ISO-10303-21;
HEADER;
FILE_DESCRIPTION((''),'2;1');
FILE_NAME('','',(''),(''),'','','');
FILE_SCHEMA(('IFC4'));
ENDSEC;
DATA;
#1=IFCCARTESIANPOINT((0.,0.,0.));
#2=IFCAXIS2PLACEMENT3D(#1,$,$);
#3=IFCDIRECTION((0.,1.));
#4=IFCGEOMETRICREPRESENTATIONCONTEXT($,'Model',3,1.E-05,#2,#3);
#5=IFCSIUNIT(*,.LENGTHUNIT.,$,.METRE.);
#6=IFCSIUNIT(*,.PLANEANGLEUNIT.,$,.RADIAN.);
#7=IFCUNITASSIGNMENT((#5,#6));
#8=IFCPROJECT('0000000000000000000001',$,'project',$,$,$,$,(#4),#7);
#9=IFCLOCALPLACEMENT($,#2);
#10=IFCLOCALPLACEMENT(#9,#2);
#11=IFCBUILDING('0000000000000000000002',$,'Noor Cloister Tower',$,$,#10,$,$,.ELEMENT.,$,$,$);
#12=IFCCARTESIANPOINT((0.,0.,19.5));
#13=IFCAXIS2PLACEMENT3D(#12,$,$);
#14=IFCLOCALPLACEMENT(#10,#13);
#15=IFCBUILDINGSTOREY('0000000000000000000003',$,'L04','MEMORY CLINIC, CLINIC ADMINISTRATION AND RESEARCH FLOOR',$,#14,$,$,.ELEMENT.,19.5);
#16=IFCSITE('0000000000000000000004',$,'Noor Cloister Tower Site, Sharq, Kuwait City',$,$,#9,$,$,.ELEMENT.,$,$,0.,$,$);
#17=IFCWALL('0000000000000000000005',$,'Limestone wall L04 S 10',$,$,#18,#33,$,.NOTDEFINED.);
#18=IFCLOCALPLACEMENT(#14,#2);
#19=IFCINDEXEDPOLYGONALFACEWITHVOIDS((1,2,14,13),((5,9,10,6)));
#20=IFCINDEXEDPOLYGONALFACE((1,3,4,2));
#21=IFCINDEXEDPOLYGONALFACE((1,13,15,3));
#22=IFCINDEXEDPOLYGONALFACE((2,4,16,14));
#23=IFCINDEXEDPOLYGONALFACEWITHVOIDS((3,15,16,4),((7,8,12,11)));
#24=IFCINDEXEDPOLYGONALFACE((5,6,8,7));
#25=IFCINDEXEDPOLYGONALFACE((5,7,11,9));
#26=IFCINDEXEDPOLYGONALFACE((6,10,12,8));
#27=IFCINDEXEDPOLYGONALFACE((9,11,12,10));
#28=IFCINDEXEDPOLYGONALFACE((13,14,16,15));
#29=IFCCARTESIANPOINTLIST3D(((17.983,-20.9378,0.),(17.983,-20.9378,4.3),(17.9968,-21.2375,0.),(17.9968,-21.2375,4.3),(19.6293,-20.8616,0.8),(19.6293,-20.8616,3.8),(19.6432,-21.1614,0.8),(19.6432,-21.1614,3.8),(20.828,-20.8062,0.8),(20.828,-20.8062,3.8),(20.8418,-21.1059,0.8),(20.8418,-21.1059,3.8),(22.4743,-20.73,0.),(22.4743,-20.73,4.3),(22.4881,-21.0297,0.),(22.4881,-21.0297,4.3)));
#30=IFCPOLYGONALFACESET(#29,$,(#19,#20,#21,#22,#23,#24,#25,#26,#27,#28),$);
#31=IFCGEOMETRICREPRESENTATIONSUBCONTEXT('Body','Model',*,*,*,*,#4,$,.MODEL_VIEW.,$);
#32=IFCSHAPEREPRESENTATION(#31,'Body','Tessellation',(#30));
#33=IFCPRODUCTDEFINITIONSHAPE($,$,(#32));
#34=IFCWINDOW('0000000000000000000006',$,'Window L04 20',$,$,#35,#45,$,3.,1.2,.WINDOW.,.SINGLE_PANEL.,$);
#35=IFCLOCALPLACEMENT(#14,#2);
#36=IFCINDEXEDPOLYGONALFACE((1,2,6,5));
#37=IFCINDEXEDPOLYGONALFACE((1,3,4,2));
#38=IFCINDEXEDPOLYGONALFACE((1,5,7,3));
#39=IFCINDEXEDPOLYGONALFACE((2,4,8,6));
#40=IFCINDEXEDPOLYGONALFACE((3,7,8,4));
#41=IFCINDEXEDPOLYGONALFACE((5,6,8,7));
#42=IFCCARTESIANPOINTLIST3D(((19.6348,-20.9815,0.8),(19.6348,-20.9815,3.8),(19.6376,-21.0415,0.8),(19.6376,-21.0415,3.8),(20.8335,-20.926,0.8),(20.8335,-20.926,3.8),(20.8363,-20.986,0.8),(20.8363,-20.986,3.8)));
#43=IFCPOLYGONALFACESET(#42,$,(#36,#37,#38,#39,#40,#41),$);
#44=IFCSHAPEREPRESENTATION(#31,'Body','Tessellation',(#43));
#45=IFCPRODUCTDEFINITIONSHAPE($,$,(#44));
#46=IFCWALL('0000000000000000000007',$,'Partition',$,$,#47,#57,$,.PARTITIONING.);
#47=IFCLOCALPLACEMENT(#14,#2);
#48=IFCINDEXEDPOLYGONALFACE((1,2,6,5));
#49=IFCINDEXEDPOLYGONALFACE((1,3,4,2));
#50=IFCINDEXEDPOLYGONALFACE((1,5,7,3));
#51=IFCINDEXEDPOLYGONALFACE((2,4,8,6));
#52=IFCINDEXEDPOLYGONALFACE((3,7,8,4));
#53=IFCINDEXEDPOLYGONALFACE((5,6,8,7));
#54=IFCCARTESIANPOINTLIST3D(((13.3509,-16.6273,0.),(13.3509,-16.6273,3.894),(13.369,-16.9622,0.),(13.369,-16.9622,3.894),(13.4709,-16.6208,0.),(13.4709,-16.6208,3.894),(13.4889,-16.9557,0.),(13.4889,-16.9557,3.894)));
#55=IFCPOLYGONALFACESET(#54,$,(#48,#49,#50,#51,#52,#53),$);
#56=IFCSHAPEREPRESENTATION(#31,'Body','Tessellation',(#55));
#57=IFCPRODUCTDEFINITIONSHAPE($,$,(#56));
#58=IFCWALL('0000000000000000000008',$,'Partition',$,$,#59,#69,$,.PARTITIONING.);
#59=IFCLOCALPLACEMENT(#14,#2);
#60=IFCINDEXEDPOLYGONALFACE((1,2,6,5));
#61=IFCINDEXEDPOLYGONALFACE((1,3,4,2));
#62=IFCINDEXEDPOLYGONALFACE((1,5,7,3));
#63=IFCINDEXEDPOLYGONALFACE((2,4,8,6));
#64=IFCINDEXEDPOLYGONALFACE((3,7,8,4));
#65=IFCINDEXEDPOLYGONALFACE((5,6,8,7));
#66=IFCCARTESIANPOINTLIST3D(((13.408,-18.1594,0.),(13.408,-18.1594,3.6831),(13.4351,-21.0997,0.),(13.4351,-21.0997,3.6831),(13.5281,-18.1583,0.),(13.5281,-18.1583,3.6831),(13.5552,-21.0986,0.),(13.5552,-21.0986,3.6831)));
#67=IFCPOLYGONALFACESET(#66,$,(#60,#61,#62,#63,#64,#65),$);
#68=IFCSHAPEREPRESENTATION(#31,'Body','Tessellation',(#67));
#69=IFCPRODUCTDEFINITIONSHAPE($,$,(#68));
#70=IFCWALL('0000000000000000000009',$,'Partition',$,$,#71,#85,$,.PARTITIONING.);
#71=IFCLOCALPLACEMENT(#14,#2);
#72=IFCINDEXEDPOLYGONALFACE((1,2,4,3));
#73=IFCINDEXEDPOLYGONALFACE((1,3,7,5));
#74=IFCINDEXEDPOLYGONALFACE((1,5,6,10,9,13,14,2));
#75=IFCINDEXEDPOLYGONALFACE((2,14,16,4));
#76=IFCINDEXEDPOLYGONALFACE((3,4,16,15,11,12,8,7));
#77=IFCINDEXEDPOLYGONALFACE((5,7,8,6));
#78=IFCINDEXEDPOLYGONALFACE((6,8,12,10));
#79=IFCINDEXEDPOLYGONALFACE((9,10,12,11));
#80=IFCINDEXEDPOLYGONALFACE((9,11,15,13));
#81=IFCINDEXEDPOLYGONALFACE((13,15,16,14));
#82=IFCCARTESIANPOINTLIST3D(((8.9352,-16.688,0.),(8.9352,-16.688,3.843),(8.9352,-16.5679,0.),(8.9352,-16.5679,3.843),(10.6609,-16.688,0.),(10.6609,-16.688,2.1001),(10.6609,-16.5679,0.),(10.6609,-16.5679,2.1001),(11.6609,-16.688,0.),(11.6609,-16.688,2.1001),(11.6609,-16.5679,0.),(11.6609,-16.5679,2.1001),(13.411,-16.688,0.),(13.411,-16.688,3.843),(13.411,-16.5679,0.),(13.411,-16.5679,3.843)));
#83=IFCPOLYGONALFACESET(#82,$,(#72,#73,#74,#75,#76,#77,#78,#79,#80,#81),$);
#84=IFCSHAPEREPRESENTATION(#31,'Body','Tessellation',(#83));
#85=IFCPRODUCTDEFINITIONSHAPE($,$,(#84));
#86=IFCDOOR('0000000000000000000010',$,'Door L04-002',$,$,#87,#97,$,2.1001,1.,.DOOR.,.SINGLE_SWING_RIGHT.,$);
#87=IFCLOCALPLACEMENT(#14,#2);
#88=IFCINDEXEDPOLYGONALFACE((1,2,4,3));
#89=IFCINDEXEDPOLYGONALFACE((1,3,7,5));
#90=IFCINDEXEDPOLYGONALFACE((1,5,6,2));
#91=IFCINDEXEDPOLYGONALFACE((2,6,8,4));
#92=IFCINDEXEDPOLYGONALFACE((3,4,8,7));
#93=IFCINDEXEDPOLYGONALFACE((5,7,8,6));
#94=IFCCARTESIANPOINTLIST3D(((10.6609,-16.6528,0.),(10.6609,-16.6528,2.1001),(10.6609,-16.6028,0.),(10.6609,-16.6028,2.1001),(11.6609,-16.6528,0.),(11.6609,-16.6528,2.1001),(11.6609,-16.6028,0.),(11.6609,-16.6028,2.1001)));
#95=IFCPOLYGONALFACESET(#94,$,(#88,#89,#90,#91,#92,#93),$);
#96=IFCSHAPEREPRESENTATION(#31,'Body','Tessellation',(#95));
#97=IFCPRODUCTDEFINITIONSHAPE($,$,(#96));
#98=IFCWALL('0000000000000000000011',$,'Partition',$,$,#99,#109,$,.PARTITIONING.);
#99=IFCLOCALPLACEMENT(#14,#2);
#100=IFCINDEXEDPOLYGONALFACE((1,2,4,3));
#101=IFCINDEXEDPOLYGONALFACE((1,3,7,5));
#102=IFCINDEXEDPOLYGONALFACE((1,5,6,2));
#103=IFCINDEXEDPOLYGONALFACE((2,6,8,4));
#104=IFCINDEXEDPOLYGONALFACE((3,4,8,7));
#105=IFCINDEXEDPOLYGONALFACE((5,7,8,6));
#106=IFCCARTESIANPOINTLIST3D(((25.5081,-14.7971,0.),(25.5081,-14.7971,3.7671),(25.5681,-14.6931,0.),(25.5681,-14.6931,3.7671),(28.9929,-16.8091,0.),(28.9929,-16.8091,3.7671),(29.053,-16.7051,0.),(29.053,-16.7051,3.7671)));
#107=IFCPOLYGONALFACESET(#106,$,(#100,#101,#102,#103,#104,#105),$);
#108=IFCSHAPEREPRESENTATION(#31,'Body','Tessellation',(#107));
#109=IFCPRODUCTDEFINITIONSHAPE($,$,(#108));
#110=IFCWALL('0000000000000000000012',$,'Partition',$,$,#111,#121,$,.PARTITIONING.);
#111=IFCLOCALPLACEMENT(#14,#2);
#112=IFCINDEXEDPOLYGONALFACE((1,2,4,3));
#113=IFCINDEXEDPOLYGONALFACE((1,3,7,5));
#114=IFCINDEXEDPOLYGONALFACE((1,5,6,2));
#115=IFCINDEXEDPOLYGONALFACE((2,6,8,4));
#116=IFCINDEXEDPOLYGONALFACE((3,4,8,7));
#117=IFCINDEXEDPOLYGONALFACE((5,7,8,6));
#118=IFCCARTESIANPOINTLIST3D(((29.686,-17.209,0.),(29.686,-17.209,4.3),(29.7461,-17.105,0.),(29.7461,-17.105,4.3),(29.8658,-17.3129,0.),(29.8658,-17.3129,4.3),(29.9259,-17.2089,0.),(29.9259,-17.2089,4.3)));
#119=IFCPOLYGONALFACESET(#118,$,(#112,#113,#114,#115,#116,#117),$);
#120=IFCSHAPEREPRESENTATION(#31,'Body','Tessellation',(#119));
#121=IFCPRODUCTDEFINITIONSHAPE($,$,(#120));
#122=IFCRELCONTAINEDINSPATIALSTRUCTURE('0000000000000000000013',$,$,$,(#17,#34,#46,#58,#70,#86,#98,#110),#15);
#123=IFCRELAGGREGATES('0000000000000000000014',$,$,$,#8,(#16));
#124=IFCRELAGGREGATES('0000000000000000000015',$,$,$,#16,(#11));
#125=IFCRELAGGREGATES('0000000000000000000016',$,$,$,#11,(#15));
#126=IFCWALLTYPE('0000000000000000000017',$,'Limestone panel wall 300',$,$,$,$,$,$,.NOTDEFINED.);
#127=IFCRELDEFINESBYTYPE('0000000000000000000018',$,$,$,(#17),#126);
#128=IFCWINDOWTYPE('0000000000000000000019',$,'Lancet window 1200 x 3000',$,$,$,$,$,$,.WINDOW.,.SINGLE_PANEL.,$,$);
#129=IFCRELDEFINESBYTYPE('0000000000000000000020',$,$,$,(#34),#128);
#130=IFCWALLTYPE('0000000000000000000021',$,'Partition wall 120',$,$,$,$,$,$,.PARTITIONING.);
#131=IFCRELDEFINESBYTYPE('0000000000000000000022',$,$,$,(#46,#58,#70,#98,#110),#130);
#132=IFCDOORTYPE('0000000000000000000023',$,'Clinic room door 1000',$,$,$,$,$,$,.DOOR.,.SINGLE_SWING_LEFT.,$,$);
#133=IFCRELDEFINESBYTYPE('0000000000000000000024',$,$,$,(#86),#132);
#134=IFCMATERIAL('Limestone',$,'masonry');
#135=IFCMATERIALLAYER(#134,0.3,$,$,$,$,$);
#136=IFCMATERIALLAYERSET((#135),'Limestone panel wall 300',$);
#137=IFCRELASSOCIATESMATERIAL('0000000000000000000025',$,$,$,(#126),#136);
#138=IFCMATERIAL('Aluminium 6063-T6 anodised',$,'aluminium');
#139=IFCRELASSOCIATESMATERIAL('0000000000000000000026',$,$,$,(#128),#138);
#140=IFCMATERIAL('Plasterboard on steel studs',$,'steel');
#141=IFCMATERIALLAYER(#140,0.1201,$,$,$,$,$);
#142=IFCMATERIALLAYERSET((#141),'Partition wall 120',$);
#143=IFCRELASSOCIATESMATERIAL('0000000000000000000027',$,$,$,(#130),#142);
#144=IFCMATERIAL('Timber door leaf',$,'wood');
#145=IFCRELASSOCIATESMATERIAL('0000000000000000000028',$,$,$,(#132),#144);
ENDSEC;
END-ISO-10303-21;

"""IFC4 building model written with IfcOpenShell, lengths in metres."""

from ifc_helpers import new_model, si_unit, direction, frame, frame_2d, origin, place, context, subcontext, project, spatial, rectangle, extrude, material, layer, layer_set, type_object, element, fill, save


model = new_model("IFC4")

# Units and contexts
model_context = context("Model", 3, precision=1e-05, world=origin(), true_north=direction((0.0, 1.0)))
body_context = subcontext(model_context, "Body", "Model", "MODEL_VIEW")
ifc_project = project(units=[si_unit("LENGTHUNIT", "METRE"), si_unit("PLANEANGLEUNIT", "RADIAN")], contexts=[model_context])

# Site, building, storey
site_placement = place(None, origin())
site = spatial("IfcSite", under=ifc_project, at=site_placement, Name="Noor Cloister Tower Site, Sharq, Kuwait City", CompositionType="ELEMENT", RefElevation=0.0)
building_placement = place(site_placement, origin())
building = spatial("IfcBuilding", under=site, at=building_placement, Name="Noor Cloister Tower", CompositionType="ELEMENT")
storey_placement = place(building_placement, frame((0.0, 0.0, 19.5)))
storey = spatial("IfcBuildingStorey", under=building, at=storey_placement, Name="L04", Description="MEMORY CLINIC, CLINIC ADMINISTRATION AND RESEARCH FLOOR", CompositionType="ELEMENT", Elevation=19.5)

# Wall, opening, window
ifc_material_1 = material(Name="Limestone", Category="masonry")
ifc_layer_1 = layer(ifc_material_1, 0.3)
ifc_layer_set_1 = layer_set([ifc_layer_1], Name="Limestone panel wall 300")
wall_type_1 = type_object("IfcWallType", Name="Limestone panel wall 300", PredefinedType="NOTDEFINED", material=ifc_layer_set_1)
wall_1_placement = place(storey_placement, frame((22.4812, -20.8799, 0.0), z_axis=(0.0, 0.0, 1.0), x_axis=(-0.998932, -0.046211, 0.0)))
wall_1 = element("IfcWall", 1, at=wall_1_placement, inside=storey, type_object=wall_type_1, Name="Limestone wall L04 S 10", PredefinedType="NOTDEFINED", context=body_context, shape_type="SweptSolid", body=[
    extrude(rectangle(XDim=4.4961, YDim=0.3, at=frame_2d((2.248, 0.0))), origin(), (0.0, 0.0, 1.0), 4.3),
])
opening_1_placement = place(wall_1_placement, frame((1.6479, 0.0, 0.8)))
opening_1 = element("IfcOpeningElement", 2, at=opening_1_placement, cuts=wall_1, PredefinedType="OPENING", context=body_context, shape_type="SweptSolid", body=[
    extrude(rectangle(XDim=1.2, YDim=3.0, at=frame_2d((0.6001, 1.5))), frame((0.0, 0.1602, 0.0), z_axis=(0.0, -1.0, 0.0), x_axis=(1.0, 0.0, 0.0)), (0.0, 0.0, 1.0), 0.3201),
])
ifc_material_2 = material(Name="Aluminium 6063-T6 anodised", Category="aluminium")
window_type_1 = type_object("IfcWindowType", Name="Lancet window 1200 x 3000", PartitioningType="SINGLE_PANEL", PredefinedType="WINDOW", material=ifc_material_2)
window_1_placement = place(opening_1_placement, origin())
window_1 = element("IfcWindow", 3, at=window_1_placement, inside=storey, type_object=window_type_1, Name="Window L04 20", OverallHeight=3.0, OverallWidth=1.2, PartitioningType="SINGLE_PANEL", PredefinedType="WINDOW", context=body_context, shape_type="SweptSolid", body=[
    extrude(rectangle(XDim=1.2, YDim=3.0, at=frame_2d((0.6001, 1.5))), frame((0.0, 0.03, 0.0), z_axis=(0.0, -1.0, 0.0), x_axis=(1.0, 0.0, 0.0)), (0.0, 0.0, 1.0), 0.0601),
])
fill(opening_1, window_1)

# Walls
ifc_material_3 = material(Name="Plasterboard on steel studs", Category="steel")
ifc_layer_2 = layer(ifc_material_3, 0.1201)
ifc_layer_set_2 = layer_set([ifc_layer_2], Name="Partition wall 120")
wall_type_2 = type_object("IfcWallType", Name="Partition wall 120", PredefinedType="PARTITIONING", material=ifc_layer_set_2)
wall_2_placement = place(storey_placement, frame((13.429, -16.959, 0.0), z_axis=(0.0, 0.0, 1.0), x_axis=(-0.053858, 0.998549, 0.0)))
element("IfcWall", 4, at=wall_2_placement, inside=storey, type_object=wall_type_2, Name="Partition", PredefinedType="PARTITIONING", context=body_context, shape_type="SweptSolid", body=[
    extrude(rectangle(XDim=0.3354, YDim=0.1201, at=frame_2d((0.1677, 0.0))), origin(), (0.0, 0.0, 1.0), 3.894),
])
wall_3_placement = place(storey_placement, frame((13.4951, -21.0991, 0.0), z_axis=(0.0, 0.0, 1.0), x_axis=(-0.009217, 0.999958, 0.0)))
element("IfcWall", 5, at=wall_3_placement, inside=storey, type_object=wall_type_2, Name="Partition", PredefinedType="PARTITIONING", context=body_context, shape_type="SweptSolid", body=[
    extrude(rectangle(XDim=2.9404, YDim=0.1201, at=frame_2d((1.4702, 0.0))), origin(), (0.0, 0.0, 1.0), 3.6831),
])

# Wall, opening, door
wall_4_placement = place(storey_placement, frame((13.4109, -16.6279, 0.0), z_axis=(0.0, 0.0, 1.0), x_axis=(-1.0, 0.0, 0.0)))
wall_4 = element("IfcWall", 6, at=wall_4_placement, inside=storey, type_object=wall_type_2, Name="Partition", PredefinedType="PARTITIONING", context=body_context, shape_type="SweptSolid", body=[
    extrude(rectangle(XDim=4.4758, YDim=0.1201, at=frame_2d((2.2378, 0.0))), origin(), (0.0, 0.0, 1.0), 3.843),
])
opening_2_placement = place(wall_4_placement, frame((1.75, 0.0, 0.0)))
opening_2 = element("IfcOpeningElement", 7, at=opening_2_placement, cuts=wall_4, PredefinedType="OPENING", context=body_context, shape_type="SweptSolid", body=[
    extrude(rectangle(XDim=1.0, YDim=2.1001, at=frame_2d((0.5, 1.05))), frame((0.0, 0.0701, 0.0), z_axis=(0.0, -1.0, 0.0), x_axis=(1.0, 0.0, 0.0)), (0.0, 0.0, 1.0), 0.1401),
])
ifc_material_4 = material(Name="Timber door leaf", Category="wood")
door_type = type_object("IfcDoorType", Name="Clinic room door 1000", OperationType="SINGLE_SWING_LEFT", PredefinedType="DOOR", material=ifc_material_4)
door_placement = place(opening_2_placement, origin())
door = element("IfcDoor", 8, at=door_placement, inside=storey, type_object=door_type, Name="Door L04-002", OperationType="SINGLE_SWING_RIGHT", OverallHeight=2.1001, OverallWidth=1.0, PredefinedType="DOOR", context=body_context, shape_type="SweptSolid", body=[
    extrude(rectangle(XDim=1.0, YDim=2.1001, at=frame_2d((0.5, 1.05))), frame((0.0, 0.0249, 0.0), z_axis=(0.0, -1.0, 0.0), x_axis=(1.0, 0.0, 0.0)), (0.0, 0.0, 1.0), 0.05),
])
fill(opening_2, door)

# Walls
wall_5_placement = place(storey_placement, frame((29.0229, -16.7571, 0.0), z_axis=(0.0, 0.0, 1.0), x_axis=(-0.866028, 0.499996, 0.0)))
element("IfcWall", 9, at=wall_5_placement, inside=storey, type_object=wall_type_2, Name="Partition", PredefinedType="PARTITIONING", context=body_context, shape_type="SweptSolid", body=[
    extrude(rectangle(XDim=4.0239, YDim=0.1201, at=frame_2d((2.012, 0.0))), origin(), (0.0, 0.0, 1.0), 3.7671),
])
wall_6_placement = place(storey_placement, frame((29.896, -17.261, 0.0), z_axis=(0.0, 0.0, 1.0), x_axis=(-0.865775, 0.500434, 0.0)))
element("IfcWall", 10, at=wall_6_placement, inside=storey, type_object=wall_type_2, Name="Partition", PredefinedType="PARTITIONING", context=body_context, shape_type="SweptSolid", body=[
    extrude(rectangle(XDim=0.2078, YDim=0.1201, at=frame_2d((0.104, 0.0))), origin(), (0.0, 0.0, 1.0), 4.3),
])

save(model, "model.ifc")
